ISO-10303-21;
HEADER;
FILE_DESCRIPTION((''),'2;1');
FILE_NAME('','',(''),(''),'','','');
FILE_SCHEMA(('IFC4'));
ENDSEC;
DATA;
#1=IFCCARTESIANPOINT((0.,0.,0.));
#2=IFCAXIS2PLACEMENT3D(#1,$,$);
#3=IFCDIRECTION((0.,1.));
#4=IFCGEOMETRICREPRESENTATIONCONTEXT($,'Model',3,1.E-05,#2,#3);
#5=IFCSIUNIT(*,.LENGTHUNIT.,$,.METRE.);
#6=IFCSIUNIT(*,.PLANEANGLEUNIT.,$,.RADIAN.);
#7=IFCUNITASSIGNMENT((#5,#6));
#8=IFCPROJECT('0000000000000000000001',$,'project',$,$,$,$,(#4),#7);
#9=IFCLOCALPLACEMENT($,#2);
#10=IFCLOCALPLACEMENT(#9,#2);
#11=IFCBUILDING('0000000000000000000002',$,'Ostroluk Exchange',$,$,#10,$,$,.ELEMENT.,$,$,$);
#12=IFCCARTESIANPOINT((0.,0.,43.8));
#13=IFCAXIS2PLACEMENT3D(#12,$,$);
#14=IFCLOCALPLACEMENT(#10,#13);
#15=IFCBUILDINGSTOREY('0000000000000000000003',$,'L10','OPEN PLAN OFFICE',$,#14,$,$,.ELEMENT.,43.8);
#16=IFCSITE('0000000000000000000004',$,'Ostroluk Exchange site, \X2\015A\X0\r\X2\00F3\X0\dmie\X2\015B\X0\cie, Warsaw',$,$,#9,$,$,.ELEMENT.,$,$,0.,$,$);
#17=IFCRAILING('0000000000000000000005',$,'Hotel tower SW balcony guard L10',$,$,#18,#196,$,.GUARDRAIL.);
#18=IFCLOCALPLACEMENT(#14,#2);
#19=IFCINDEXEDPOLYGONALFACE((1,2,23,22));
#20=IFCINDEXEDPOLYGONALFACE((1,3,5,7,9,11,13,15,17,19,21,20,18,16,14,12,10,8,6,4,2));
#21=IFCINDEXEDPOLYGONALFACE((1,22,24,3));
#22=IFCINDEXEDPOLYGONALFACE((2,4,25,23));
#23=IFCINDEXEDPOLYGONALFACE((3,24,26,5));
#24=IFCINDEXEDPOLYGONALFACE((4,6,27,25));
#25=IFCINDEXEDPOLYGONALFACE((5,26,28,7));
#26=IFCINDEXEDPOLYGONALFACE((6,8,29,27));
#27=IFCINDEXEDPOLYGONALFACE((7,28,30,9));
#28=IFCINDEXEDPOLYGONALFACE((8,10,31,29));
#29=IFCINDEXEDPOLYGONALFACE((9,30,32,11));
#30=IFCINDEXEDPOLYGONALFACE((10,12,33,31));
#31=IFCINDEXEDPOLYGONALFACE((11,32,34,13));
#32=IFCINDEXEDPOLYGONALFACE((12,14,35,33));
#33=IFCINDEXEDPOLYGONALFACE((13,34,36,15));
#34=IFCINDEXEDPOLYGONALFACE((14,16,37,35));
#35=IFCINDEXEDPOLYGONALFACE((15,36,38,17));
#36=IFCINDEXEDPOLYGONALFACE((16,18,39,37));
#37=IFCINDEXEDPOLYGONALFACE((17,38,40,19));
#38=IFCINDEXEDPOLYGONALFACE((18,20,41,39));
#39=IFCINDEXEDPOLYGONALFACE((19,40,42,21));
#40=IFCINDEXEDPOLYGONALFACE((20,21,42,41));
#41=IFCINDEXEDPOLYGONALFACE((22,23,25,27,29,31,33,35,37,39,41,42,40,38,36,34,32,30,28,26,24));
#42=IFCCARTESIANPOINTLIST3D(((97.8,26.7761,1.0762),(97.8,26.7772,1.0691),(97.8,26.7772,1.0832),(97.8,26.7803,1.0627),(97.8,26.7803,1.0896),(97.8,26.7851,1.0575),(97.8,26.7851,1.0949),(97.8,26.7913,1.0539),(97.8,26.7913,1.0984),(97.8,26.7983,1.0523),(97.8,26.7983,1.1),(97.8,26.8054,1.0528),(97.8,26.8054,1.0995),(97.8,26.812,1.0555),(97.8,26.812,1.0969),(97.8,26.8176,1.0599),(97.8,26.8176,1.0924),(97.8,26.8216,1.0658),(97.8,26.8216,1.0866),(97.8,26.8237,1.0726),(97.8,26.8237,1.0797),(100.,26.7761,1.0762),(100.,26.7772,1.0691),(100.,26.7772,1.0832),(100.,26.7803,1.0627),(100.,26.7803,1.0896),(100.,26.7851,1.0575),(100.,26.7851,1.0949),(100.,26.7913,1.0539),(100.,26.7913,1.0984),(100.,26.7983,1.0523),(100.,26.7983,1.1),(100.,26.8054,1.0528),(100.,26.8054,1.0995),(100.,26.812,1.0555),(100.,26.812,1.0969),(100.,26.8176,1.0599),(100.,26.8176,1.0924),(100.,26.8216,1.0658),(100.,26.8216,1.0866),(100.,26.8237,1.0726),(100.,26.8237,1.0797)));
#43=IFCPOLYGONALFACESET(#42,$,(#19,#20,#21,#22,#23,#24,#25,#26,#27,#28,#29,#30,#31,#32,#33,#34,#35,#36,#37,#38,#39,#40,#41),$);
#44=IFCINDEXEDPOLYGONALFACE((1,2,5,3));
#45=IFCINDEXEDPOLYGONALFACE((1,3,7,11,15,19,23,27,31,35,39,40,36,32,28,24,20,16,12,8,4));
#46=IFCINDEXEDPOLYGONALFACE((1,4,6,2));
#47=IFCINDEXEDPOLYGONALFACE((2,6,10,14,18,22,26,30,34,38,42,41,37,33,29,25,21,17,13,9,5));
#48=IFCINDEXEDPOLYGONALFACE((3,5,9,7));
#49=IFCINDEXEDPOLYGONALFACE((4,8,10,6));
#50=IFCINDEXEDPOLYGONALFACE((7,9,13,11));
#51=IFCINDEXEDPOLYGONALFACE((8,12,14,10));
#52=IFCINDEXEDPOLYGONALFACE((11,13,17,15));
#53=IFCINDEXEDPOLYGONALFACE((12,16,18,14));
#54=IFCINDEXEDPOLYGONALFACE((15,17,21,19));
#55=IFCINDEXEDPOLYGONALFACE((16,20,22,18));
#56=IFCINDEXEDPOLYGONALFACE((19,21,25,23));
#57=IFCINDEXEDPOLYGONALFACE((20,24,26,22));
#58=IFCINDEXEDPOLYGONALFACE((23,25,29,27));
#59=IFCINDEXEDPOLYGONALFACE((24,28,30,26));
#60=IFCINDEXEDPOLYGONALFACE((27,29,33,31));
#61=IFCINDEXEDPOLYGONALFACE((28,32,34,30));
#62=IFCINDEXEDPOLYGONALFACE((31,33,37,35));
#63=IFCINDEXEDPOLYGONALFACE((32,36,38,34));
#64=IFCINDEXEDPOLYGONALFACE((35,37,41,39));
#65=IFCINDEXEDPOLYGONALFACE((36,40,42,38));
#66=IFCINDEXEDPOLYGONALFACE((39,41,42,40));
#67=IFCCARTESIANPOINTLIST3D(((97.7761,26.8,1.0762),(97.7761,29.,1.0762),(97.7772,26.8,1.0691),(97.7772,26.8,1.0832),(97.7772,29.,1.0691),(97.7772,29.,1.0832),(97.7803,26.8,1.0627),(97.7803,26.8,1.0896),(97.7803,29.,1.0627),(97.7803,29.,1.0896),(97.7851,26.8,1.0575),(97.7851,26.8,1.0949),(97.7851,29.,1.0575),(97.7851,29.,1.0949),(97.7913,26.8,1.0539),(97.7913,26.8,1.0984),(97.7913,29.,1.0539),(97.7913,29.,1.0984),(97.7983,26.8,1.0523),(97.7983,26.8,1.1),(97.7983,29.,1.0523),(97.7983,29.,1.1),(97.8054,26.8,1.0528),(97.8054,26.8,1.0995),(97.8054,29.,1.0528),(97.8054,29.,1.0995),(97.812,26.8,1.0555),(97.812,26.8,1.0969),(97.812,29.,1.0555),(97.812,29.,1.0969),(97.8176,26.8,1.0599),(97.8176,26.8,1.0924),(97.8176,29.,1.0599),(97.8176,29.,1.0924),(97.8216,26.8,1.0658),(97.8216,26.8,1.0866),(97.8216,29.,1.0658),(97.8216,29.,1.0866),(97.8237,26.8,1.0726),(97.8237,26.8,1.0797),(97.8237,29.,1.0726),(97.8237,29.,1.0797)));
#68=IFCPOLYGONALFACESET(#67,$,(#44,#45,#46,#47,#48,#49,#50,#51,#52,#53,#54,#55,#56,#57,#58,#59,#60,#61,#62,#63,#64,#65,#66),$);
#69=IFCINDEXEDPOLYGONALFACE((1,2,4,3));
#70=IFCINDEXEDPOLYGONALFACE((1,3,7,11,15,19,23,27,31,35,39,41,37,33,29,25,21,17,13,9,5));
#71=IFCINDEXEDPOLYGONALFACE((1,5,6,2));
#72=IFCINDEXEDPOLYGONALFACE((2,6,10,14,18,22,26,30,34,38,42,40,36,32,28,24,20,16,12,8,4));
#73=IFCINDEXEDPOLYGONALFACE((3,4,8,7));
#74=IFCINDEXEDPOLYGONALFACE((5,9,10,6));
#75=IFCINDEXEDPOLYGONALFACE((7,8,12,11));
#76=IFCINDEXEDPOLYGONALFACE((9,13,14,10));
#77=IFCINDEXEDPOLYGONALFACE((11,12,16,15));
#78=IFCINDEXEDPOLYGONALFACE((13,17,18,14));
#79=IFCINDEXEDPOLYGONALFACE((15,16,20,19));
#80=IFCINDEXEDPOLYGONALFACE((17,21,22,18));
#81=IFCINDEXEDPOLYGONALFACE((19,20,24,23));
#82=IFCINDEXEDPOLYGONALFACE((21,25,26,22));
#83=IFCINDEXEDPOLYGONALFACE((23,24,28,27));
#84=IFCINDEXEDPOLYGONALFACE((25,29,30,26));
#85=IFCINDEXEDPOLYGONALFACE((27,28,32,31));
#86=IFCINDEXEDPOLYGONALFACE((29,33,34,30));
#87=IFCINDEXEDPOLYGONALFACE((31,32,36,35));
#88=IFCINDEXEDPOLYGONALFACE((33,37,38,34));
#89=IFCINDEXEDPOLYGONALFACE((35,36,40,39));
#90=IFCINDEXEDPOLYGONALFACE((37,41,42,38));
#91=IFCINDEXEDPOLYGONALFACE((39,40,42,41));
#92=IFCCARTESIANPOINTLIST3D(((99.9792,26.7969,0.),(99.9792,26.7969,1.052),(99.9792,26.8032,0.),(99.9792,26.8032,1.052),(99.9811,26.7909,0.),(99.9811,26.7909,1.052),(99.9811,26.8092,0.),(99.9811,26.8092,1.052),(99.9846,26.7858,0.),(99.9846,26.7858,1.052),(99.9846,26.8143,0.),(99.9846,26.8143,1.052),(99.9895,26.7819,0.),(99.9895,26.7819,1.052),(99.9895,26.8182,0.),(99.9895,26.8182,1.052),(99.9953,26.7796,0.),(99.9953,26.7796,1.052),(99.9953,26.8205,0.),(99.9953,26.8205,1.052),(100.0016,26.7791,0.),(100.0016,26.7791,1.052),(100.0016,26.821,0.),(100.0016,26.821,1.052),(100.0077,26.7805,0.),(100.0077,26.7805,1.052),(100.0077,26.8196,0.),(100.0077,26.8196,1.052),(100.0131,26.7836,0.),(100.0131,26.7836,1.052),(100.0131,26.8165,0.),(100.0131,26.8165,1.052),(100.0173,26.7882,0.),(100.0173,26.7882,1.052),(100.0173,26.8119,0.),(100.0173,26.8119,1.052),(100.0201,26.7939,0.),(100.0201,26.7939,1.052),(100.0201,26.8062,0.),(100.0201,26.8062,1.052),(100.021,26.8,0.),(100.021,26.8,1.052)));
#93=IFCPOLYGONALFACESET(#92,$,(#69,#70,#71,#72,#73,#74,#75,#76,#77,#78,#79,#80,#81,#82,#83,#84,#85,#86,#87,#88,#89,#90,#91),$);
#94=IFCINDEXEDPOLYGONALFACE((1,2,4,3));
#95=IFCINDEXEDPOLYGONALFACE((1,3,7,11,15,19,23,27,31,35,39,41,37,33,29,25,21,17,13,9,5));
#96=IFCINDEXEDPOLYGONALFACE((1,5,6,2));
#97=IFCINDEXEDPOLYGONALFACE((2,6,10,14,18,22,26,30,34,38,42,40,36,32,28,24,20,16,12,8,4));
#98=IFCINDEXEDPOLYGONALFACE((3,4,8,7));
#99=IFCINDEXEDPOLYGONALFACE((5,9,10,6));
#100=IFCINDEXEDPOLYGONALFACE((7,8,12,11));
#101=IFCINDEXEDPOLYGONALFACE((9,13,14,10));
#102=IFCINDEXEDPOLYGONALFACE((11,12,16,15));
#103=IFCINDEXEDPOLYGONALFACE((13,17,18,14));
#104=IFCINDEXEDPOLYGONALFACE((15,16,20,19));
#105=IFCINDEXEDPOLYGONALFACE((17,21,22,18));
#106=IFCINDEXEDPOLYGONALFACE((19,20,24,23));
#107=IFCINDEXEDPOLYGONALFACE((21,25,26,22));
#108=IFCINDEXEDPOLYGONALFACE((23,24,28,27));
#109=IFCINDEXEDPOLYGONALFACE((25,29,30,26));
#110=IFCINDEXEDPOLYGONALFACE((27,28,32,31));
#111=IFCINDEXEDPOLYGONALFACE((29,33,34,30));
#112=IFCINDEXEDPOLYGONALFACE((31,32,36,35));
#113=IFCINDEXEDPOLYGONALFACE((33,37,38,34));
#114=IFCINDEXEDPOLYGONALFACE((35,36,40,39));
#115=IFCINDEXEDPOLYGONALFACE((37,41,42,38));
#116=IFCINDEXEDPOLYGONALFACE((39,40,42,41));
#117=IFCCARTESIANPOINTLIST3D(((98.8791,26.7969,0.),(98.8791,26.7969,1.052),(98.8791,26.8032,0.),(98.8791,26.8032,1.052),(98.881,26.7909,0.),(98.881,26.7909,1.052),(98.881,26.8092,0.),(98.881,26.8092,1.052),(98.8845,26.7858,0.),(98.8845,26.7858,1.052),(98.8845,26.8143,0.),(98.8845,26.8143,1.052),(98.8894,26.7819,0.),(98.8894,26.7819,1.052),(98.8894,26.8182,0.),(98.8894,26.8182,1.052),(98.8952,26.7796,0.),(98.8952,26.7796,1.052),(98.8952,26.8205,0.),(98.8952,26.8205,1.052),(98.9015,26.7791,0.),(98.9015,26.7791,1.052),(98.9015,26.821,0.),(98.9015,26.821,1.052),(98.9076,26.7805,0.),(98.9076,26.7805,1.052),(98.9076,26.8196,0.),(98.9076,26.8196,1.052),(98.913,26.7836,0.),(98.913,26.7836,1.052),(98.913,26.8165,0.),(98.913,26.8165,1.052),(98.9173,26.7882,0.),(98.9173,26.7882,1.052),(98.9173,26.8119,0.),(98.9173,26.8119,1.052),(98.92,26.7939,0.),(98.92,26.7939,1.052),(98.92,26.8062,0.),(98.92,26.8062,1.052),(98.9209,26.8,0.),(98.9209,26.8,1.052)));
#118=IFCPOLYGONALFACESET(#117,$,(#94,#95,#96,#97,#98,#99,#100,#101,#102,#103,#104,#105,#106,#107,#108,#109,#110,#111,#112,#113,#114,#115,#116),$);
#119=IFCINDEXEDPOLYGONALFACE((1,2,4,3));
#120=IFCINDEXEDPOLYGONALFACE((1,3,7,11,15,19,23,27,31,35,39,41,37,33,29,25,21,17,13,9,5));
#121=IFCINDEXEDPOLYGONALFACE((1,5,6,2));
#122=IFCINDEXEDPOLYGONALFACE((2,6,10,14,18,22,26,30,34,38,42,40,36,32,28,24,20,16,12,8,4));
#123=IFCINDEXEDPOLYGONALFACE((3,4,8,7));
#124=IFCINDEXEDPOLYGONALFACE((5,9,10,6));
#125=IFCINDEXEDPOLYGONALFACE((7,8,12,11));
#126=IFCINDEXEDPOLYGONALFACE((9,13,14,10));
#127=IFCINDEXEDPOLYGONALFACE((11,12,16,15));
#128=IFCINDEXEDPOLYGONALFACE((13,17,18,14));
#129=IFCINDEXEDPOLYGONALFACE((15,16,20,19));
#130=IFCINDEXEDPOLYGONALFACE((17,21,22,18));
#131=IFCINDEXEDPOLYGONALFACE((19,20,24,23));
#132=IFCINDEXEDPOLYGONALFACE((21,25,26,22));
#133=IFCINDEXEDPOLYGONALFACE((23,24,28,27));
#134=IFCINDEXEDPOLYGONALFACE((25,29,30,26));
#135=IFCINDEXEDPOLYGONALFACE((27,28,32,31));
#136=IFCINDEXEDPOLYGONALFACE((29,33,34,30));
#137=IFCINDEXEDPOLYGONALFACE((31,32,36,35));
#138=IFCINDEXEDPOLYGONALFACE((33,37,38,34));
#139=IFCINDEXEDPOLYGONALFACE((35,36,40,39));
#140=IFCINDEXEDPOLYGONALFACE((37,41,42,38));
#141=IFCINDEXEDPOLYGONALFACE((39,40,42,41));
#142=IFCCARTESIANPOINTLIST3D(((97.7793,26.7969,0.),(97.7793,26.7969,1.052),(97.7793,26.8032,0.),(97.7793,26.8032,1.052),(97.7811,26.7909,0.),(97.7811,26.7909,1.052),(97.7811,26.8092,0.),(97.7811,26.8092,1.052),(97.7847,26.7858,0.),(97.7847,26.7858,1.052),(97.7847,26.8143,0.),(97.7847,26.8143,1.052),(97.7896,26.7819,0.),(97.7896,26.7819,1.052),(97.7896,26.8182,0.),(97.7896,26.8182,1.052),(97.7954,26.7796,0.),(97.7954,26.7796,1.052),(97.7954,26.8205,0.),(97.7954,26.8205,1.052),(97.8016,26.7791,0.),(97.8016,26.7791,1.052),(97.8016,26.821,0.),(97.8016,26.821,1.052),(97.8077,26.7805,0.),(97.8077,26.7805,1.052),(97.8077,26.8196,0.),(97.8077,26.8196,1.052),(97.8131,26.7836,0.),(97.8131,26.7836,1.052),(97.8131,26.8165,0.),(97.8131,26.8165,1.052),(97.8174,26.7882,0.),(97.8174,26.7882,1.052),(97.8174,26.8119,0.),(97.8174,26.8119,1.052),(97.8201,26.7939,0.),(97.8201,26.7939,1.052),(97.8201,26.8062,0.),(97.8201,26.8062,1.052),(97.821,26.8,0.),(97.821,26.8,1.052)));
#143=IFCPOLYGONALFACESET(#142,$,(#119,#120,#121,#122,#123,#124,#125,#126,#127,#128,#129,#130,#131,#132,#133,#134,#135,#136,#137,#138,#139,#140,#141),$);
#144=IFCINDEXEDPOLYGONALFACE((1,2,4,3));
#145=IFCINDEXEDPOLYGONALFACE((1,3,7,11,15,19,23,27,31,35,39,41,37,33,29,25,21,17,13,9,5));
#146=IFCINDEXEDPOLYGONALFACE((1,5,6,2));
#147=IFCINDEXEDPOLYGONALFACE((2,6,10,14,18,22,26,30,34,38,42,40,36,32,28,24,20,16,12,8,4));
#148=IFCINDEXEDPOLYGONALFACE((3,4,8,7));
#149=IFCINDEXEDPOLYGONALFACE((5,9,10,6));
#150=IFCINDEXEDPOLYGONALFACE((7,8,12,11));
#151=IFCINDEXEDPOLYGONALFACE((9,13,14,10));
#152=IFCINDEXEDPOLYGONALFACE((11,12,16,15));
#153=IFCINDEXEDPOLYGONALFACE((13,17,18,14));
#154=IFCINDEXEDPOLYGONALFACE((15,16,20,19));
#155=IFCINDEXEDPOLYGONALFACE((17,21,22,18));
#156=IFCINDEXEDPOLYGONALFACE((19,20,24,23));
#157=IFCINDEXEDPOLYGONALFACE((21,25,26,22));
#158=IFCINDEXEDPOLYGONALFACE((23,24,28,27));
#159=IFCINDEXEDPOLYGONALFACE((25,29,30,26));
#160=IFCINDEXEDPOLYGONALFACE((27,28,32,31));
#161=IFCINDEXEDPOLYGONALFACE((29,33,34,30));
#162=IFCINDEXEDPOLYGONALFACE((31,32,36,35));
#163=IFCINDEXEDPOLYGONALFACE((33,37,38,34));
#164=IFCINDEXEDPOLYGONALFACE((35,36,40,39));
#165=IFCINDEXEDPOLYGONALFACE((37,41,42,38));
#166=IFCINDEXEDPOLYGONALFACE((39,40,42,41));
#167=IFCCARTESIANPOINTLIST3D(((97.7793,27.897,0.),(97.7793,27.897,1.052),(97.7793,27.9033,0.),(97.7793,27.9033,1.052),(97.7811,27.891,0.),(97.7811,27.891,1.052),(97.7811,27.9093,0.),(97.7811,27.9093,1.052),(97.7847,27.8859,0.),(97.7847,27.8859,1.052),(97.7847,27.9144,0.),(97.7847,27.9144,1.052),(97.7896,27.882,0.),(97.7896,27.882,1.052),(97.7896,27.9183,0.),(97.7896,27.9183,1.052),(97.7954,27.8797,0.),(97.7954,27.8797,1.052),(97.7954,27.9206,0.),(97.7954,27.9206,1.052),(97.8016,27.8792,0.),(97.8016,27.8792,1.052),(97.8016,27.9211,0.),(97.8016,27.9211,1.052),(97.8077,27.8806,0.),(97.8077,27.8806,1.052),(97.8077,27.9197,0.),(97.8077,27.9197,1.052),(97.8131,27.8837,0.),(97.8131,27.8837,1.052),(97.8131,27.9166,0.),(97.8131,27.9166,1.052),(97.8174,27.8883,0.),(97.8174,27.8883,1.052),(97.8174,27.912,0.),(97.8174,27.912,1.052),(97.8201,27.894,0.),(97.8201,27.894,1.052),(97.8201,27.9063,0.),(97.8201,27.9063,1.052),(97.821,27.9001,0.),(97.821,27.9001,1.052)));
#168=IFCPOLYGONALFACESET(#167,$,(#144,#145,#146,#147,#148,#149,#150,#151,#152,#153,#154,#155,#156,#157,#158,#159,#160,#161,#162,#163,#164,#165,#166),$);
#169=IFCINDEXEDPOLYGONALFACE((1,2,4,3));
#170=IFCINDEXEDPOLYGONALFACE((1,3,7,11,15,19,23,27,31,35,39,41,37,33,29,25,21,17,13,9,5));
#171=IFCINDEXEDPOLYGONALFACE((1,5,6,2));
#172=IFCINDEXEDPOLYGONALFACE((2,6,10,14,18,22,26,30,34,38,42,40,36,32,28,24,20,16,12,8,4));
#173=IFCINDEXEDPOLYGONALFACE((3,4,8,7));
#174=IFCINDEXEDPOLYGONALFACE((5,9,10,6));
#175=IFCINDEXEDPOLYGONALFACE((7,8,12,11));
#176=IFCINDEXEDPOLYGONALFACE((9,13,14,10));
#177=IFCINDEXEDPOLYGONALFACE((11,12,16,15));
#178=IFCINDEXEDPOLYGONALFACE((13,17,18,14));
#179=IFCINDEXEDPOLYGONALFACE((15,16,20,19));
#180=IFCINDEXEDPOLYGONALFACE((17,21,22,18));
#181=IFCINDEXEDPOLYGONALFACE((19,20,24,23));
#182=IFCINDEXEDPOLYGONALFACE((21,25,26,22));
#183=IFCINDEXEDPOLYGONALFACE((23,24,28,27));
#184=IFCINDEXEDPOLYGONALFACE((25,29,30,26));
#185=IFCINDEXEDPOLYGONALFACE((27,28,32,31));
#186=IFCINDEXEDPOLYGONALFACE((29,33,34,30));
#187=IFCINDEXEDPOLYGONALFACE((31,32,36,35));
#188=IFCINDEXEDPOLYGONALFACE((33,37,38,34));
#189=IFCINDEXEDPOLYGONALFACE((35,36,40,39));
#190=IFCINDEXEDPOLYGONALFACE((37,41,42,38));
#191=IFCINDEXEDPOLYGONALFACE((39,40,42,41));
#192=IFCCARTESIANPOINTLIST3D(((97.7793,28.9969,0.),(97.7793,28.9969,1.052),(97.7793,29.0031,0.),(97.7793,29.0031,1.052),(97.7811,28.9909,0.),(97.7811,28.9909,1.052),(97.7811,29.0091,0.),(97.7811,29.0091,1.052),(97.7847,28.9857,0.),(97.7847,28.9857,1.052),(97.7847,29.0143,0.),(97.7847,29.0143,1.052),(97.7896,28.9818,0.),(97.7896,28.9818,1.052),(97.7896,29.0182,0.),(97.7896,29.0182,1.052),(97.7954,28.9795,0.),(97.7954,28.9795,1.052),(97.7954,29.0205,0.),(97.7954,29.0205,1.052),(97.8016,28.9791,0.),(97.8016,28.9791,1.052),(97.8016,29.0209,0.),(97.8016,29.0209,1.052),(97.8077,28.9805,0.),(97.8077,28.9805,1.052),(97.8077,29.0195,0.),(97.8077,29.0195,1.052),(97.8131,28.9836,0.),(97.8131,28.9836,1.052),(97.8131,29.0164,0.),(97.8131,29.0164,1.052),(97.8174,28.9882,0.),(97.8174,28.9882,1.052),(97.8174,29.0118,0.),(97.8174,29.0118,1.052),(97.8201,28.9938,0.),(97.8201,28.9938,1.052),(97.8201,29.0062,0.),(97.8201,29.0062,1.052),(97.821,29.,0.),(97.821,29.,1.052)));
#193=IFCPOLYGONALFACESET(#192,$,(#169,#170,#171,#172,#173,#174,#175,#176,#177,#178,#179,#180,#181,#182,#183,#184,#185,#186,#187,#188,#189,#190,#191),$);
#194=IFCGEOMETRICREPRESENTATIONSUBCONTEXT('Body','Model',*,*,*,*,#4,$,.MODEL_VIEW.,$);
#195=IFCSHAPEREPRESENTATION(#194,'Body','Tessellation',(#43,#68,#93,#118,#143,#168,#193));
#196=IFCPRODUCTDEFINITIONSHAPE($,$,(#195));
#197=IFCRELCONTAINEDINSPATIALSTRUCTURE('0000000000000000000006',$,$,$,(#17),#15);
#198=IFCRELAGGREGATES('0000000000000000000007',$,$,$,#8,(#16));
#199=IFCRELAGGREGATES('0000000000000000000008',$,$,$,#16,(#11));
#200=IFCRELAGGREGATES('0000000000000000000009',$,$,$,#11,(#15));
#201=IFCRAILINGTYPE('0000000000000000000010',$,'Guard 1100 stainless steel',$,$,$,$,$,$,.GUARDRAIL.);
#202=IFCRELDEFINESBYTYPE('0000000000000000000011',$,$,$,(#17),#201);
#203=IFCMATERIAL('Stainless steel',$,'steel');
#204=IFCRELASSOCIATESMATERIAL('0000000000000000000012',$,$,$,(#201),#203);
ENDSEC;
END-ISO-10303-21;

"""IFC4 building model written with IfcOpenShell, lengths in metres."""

from ifc_helpers import new_model, si_unit, direction, frame, origin, origin_2d, place, context, subcontext, project, spatial, circle, extrude, material, type_object, element, save


model = new_model("IFC4")

# Units and contexts
model_context = context("Model", 3, precision=1e-05, world=origin(), true_north=direction((0.0, 1.0)))
body_context = subcontext(model_context, "Body", "Model", "MODEL_VIEW")
ifc_project = project(units=[si_unit("LENGTHUNIT", "METRE"), si_unit("PLANEANGLEUNIT", "RADIAN")], contexts=[model_context])

# Site, building, storey
site_placement = place(None, origin())
site = spatial("IfcSite", under=ifc_project, at=site_placement, Name="Ostroluk Exchange site, Śródmieście, Warsaw", CompositionType="ELEMENT", RefElevation=0.0)
building_placement = place(site_placement, origin())
building = spatial("IfcBuilding", under=site, at=building_placement, Name="Ostroluk Exchange", CompositionType="ELEMENT")
storey_placement = place(building_placement, frame((0.0, 0.0, 43.8)))
storey = spatial("IfcBuildingStorey", under=building, at=storey_placement, Name="L10", Description="OPEN PLAN OFFICE", CompositionType="ELEMENT", Elevation=43.8)

# Railing
ifc_material_1 = material(Name="Stainless steel", Category="steel")
railing_type_1 = type_object("IfcRailingType", Name="Guard 1100 stainless steel", PredefinedType="GUARDRAIL", material=ifc_material_1)
railing_1_placement = place(storey_placement, frame((100.0, 26.8, 0.0)))
element("IfcRailing", 1, at=railing_1_placement, inside=storey, type_object=railing_type_1, Name="Hotel tower SW balcony guard L10", PredefinedType="GUARDRAIL", context=body_context, shape_type="SweptSolid", body=[
    extrude(circle(Radius=0.0239, at=origin_2d()), frame((0.0, 0.0, 1.0762), z_axis=(-1.0, 0.0, 0.0), x_axis=(0.0, -1.0, 0.0)), (0.0, 0.0, 1.0), 2.2),
    extrude(circle(Radius=0.0239, at=origin_2d()), frame((-2.2, 0.0, 1.0762), z_axis=(0.0, 1.0, 0.0), x_axis=(-1.0, 0.0, 0.0)), (0.0, 0.0, 1.0), 2.2),
    extrude(circle(Radius=0.021, at=origin_2d()), origin(), (0.0, 0.0, 1.0), 1.052),
    extrude(circle(Radius=0.021, at=origin_2d()), frame((-1.1001, 0.0, 0.0)), (0.0, 0.0, 1.0), 1.052),
    extrude(circle(Radius=0.021, at=origin_2d()), frame((-2.2, 0.0, 0.0)), (0.0, 0.0, 1.0), 1.052),
    extrude(circle(Radius=0.021, at=origin_2d()), frame((-2.2, 1.1001, 0.0)), (0.0, 0.0, 1.0), 1.052),
    extrude(circle(Radius=0.021, at=origin_2d()), frame((-2.2, 2.2, 0.0)), (0.0, 0.0, 1.0), 1.052),
])

save(model, "model.ifc")
